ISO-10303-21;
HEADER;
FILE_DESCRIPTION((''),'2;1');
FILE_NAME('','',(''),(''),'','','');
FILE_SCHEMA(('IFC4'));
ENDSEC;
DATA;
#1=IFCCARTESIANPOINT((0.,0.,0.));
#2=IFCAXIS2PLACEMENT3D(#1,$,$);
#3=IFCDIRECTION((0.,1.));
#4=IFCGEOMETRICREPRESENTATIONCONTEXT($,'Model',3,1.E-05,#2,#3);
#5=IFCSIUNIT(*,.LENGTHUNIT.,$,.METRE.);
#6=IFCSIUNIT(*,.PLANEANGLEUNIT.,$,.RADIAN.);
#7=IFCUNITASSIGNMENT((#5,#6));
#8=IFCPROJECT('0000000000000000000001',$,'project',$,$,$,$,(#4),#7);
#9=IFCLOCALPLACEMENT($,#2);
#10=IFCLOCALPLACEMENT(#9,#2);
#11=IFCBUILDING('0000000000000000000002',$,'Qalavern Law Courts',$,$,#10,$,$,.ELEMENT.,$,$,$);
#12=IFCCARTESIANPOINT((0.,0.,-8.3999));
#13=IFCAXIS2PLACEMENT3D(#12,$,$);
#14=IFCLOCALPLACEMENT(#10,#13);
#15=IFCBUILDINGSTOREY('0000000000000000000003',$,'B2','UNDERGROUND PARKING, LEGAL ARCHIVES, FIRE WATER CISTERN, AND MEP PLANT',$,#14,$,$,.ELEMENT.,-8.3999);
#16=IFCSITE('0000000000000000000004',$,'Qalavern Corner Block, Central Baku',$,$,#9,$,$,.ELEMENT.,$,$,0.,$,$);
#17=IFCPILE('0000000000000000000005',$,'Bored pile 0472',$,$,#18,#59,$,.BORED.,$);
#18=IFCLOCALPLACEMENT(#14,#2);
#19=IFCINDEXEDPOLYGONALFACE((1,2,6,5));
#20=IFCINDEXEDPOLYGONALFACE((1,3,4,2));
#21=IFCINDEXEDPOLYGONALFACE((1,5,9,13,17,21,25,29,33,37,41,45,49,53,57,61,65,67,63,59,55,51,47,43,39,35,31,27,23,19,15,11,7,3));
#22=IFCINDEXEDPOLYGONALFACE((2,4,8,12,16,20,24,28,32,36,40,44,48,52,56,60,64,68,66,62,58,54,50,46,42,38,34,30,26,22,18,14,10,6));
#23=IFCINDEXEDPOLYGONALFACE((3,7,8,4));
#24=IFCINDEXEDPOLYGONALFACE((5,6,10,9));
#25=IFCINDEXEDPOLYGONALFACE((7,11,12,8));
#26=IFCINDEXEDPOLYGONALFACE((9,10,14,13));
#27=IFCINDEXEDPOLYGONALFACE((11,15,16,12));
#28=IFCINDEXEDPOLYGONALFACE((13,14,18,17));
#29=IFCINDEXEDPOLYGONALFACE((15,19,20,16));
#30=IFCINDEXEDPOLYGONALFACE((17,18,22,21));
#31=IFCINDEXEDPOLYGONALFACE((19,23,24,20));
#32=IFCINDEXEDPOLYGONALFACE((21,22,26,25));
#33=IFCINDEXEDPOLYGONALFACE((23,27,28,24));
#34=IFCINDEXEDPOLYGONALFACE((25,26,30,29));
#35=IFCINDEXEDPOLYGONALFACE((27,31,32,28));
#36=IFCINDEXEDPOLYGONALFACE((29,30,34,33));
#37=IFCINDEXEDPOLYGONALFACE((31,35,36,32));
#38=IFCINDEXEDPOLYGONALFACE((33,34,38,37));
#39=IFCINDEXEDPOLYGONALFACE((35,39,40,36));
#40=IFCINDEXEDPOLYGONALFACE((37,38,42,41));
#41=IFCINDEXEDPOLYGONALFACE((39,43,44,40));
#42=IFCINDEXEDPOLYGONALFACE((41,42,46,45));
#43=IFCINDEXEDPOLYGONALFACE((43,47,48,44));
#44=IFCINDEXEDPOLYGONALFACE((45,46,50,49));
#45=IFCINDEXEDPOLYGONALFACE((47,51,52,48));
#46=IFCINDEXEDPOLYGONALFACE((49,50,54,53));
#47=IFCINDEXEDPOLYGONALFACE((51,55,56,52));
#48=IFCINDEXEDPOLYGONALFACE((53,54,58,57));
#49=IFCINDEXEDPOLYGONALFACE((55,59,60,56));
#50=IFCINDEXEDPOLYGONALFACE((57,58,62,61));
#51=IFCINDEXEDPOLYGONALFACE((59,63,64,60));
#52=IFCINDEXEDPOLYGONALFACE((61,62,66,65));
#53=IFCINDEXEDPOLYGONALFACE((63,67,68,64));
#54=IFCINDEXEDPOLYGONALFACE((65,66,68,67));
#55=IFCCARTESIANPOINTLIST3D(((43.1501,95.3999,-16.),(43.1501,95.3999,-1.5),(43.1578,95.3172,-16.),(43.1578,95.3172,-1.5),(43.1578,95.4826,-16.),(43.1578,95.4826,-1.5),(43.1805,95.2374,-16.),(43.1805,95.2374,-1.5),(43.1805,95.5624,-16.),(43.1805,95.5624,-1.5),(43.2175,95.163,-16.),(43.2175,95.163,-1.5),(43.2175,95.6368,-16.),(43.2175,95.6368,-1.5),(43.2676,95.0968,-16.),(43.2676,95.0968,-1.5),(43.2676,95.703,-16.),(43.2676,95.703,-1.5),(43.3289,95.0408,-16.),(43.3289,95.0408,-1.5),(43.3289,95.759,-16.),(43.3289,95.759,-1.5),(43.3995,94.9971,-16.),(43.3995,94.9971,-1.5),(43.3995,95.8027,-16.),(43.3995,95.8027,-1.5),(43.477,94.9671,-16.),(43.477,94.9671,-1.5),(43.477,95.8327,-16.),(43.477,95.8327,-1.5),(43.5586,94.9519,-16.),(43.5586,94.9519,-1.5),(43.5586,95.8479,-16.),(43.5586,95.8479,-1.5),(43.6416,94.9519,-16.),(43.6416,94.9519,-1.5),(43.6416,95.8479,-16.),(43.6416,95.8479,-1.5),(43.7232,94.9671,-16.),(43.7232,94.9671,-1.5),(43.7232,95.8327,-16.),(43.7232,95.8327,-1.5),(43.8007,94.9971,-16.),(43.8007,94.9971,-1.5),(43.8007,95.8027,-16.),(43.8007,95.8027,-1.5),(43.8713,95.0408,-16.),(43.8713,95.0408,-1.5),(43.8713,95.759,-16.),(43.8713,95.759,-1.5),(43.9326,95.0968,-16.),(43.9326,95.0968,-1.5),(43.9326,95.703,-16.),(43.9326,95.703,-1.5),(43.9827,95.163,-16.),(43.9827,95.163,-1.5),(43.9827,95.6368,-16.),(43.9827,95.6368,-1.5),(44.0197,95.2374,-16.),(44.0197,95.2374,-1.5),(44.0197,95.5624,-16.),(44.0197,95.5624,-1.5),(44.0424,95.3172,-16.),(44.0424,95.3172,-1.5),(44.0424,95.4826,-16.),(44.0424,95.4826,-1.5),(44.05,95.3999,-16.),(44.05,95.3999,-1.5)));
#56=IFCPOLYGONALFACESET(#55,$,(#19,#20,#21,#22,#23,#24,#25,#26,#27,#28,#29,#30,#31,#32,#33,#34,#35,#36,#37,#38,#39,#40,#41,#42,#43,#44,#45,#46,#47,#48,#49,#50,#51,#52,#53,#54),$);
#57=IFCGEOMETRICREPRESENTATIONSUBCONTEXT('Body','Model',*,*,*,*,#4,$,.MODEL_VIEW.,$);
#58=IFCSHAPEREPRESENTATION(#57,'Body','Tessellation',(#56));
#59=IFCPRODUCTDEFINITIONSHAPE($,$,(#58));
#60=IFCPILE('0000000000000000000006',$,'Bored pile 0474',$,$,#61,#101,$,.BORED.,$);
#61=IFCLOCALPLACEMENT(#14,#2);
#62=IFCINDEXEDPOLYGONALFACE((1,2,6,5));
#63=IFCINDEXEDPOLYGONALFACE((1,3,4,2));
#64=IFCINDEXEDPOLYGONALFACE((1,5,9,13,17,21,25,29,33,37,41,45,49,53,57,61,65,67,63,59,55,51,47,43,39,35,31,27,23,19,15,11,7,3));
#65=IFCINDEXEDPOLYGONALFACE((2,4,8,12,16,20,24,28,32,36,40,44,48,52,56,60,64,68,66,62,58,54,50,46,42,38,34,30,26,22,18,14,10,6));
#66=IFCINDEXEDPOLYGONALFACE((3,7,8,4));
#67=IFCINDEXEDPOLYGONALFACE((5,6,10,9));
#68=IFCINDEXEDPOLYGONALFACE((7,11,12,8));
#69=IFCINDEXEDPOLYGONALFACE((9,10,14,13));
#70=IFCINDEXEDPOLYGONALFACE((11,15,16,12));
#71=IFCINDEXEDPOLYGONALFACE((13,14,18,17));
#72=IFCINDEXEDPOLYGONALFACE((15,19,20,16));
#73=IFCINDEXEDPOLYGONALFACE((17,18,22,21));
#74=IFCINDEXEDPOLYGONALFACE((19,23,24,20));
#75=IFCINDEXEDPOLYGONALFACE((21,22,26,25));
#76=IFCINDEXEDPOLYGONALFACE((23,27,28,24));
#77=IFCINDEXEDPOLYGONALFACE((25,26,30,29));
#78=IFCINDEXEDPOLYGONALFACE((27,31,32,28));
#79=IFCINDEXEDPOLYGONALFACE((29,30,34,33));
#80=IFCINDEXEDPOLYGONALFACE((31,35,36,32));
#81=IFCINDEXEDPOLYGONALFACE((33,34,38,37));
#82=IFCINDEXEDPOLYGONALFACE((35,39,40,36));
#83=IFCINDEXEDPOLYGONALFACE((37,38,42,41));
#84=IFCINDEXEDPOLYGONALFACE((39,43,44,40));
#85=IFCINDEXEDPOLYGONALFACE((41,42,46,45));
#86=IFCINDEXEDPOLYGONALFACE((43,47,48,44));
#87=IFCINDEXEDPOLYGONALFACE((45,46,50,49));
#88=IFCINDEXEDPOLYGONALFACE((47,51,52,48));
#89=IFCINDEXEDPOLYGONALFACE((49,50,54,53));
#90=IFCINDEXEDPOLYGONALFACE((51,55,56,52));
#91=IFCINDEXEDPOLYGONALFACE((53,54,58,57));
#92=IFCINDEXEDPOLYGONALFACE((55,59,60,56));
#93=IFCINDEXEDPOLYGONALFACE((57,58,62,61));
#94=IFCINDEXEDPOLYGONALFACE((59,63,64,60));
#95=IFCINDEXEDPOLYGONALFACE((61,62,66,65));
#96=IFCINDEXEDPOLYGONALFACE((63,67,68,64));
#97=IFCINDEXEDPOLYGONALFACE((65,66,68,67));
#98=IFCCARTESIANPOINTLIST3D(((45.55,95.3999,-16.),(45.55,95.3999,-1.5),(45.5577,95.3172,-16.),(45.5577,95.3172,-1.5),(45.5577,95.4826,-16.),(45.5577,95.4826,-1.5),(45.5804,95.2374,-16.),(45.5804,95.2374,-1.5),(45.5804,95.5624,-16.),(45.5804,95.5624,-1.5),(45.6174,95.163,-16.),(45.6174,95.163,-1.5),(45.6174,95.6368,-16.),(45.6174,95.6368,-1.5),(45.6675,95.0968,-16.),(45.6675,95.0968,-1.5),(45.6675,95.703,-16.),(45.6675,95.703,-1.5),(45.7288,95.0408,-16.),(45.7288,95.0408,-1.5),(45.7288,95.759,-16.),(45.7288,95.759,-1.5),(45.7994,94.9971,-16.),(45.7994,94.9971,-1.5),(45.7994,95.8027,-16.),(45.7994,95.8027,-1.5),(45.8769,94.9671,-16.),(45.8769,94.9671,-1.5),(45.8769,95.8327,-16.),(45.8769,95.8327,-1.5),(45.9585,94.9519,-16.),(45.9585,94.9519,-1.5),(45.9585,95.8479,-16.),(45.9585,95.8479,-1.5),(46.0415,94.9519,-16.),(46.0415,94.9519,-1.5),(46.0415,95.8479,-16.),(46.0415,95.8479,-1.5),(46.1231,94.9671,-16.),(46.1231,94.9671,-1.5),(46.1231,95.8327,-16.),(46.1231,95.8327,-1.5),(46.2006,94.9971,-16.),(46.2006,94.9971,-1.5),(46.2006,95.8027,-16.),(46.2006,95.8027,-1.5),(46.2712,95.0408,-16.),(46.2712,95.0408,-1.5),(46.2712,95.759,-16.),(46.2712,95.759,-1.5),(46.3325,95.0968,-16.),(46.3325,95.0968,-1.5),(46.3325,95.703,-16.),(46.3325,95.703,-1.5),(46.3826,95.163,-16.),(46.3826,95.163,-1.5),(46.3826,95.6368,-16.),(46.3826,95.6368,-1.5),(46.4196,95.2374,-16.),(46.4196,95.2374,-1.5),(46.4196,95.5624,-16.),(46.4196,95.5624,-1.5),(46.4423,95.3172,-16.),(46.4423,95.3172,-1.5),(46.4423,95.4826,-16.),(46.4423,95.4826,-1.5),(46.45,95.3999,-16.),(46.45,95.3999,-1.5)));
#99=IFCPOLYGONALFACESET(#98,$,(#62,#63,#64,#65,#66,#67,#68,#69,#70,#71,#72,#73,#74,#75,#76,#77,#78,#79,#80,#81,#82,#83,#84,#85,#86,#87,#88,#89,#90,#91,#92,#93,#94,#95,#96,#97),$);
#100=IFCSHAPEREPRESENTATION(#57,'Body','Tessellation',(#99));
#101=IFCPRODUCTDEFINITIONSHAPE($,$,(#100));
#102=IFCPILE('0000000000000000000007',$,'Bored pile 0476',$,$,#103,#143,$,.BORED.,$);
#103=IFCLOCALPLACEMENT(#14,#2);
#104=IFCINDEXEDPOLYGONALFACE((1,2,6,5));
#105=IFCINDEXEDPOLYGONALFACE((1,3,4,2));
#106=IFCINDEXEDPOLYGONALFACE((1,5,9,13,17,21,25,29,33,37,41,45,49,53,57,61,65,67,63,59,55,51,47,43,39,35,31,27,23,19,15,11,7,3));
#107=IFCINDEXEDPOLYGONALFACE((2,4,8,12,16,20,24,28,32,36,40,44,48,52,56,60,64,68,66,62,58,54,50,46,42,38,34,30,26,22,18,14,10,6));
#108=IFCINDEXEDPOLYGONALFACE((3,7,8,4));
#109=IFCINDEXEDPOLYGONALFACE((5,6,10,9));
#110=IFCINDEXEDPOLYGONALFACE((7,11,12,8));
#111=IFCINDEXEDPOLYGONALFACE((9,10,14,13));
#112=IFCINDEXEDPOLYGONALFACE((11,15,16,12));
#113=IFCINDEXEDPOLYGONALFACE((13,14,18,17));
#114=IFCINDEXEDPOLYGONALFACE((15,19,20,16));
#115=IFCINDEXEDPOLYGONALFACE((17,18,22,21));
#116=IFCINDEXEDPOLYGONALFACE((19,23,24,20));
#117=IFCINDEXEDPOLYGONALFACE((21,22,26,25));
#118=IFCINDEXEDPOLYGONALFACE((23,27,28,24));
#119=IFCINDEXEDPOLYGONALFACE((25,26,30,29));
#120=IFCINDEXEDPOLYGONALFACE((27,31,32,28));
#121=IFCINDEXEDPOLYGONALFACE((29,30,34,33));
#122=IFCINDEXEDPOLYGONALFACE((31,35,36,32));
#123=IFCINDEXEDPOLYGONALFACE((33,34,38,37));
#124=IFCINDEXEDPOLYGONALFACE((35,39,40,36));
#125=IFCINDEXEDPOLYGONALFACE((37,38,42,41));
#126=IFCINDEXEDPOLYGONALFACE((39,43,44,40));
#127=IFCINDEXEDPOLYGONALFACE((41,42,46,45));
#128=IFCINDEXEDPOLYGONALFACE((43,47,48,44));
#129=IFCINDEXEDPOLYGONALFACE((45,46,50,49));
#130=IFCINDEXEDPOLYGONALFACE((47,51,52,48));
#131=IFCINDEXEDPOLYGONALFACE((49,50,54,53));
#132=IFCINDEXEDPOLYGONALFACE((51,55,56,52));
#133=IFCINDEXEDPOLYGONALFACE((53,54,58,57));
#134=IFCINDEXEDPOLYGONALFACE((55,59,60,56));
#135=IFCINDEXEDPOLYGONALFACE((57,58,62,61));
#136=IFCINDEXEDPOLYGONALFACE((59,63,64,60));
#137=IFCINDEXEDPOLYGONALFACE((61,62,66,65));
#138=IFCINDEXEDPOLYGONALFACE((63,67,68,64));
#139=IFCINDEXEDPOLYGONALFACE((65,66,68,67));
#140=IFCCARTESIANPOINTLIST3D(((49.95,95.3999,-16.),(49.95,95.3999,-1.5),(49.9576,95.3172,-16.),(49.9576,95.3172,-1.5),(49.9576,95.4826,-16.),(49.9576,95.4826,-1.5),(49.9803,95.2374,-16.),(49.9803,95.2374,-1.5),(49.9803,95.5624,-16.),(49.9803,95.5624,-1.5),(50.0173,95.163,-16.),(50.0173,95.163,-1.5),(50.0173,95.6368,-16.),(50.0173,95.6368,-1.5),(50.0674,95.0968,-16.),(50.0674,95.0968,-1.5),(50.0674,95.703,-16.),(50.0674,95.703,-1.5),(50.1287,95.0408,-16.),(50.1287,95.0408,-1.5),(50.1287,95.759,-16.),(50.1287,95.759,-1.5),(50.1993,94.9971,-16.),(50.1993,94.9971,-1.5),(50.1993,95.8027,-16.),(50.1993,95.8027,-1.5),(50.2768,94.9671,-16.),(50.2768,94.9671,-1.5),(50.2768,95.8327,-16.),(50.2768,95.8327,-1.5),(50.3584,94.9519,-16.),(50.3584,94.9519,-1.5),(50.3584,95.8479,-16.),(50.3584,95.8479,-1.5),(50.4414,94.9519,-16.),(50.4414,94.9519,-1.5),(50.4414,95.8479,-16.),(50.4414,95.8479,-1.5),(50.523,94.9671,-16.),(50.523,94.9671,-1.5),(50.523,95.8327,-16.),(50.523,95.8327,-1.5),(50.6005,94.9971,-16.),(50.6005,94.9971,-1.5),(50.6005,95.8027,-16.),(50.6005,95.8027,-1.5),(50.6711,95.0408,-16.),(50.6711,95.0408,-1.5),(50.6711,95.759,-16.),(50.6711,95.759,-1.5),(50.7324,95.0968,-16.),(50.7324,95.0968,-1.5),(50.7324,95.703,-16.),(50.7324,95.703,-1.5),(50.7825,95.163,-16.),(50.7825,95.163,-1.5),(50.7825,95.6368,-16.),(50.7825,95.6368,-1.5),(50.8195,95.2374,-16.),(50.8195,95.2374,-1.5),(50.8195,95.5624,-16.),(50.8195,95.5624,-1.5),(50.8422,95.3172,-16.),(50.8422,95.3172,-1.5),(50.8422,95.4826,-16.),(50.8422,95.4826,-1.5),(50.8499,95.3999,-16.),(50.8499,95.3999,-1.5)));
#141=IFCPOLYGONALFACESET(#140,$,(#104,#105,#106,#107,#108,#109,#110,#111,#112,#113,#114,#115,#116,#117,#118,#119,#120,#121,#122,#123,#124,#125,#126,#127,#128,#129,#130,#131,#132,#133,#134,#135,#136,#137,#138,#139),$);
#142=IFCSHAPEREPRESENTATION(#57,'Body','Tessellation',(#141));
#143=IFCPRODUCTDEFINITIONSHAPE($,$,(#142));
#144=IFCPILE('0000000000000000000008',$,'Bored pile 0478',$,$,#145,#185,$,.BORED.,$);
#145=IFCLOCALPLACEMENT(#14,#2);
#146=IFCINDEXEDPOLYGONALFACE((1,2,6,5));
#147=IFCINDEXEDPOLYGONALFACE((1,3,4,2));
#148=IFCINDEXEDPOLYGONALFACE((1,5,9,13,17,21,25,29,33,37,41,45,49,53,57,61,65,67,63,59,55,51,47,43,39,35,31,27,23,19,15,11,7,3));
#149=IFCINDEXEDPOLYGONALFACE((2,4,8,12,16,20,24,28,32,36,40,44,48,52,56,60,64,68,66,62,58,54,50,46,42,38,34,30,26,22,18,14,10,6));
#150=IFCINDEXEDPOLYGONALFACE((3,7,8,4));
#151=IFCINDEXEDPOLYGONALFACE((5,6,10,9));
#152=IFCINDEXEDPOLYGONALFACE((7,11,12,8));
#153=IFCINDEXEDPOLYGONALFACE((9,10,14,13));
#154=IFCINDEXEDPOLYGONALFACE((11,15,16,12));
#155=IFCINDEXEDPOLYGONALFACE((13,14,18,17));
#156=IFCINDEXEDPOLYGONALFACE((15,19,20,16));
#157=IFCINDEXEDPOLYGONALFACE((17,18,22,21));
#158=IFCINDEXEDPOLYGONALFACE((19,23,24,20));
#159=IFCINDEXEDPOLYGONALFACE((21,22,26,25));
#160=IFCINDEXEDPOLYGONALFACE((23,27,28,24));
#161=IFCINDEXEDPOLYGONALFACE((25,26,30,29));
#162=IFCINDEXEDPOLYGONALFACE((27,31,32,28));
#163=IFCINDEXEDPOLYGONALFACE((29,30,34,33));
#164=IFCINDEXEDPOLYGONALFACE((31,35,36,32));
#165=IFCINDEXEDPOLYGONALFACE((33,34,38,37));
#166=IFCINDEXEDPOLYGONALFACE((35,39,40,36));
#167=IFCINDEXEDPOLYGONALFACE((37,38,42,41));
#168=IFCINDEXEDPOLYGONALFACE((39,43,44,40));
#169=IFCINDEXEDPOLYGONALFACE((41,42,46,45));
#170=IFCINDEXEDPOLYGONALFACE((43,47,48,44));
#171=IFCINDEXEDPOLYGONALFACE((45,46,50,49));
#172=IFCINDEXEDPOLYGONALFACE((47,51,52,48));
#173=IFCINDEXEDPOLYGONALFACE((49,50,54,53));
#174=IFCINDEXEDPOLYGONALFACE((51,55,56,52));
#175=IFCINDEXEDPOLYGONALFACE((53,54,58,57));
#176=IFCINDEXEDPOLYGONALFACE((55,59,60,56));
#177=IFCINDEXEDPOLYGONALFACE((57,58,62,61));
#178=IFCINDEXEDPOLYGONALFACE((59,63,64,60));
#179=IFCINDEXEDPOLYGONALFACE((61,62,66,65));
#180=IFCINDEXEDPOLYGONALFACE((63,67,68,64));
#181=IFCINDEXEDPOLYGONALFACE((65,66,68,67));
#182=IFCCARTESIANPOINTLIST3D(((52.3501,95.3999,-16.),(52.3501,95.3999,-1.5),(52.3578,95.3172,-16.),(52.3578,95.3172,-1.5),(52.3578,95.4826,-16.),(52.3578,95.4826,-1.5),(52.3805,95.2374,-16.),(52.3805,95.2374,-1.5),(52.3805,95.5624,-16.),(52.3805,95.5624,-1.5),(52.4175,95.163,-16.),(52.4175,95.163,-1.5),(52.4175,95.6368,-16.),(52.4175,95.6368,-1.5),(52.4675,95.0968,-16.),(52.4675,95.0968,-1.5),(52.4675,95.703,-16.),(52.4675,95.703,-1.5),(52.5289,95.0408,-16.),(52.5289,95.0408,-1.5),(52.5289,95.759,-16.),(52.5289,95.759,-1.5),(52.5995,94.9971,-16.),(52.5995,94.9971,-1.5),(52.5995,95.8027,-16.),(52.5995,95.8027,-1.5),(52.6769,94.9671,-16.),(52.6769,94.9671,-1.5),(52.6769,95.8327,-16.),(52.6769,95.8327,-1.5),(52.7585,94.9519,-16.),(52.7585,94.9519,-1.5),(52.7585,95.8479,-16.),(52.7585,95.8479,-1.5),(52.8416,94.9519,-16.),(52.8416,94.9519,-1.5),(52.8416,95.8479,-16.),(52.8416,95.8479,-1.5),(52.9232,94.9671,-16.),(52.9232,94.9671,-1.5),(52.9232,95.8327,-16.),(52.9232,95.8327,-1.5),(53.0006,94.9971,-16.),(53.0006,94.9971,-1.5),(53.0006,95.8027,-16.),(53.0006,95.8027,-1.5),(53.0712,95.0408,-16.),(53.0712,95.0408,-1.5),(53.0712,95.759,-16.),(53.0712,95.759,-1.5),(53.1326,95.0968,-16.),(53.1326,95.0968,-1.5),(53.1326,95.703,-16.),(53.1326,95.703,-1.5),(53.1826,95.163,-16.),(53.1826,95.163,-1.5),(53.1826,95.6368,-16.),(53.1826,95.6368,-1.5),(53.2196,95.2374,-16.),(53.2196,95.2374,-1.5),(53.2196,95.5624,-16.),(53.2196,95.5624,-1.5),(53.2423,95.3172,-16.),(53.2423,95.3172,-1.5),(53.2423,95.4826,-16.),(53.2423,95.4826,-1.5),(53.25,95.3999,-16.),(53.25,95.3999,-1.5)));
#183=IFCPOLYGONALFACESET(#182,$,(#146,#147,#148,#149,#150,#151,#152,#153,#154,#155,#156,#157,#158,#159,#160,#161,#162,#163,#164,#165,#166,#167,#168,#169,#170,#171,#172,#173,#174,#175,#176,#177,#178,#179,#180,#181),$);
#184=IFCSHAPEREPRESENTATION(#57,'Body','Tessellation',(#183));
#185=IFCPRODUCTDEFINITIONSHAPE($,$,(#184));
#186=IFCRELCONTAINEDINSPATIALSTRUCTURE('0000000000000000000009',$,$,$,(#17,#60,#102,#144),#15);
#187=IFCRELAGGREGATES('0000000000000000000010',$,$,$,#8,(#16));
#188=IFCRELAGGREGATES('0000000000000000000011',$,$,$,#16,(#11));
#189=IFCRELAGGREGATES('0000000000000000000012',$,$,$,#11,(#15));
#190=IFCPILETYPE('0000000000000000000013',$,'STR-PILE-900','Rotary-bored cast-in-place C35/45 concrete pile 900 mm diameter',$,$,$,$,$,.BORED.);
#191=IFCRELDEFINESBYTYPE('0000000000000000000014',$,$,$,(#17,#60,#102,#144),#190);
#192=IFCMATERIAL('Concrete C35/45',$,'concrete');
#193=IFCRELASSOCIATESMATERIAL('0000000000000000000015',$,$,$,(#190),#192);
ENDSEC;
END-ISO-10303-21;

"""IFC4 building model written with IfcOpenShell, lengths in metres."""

from ifc_helpers import new_model, si_unit, direction, frame, origin, origin_2d, place, context, subcontext, project, spatial, circle, extrude, material, material_profile, profile_set, type_object, element, save


model = new_model("IFC4")

# Units and contexts
model_context = context("Model", 3, precision=1e-05, world=origin(), true_north=direction((0.0, 1.0)))
body_context = subcontext(model_context, "Body", "Model", "MODEL_VIEW")
ifc_project = project(units=[si_unit("LENGTHUNIT", "METRE"), si_unit("PLANEANGLEUNIT", "RADIAN")], contexts=[model_context])

# Site, building, storey
site_placement = place(None, origin())
site = spatial("IfcSite", under=ifc_project, at=site_placement, Name="Qalavern Corner Block, Central Baku", CompositionType="ELEMENT", RefElevation=0.0)
building_placement = place(site_placement, origin())
building = spatial("IfcBuilding", under=site, at=building_placement, Name="Qalavern Law Courts", CompositionType="ELEMENT")
storey_placement = place(building_placement, frame((0.0, 0.0, -8.3999)))
storey = spatial("IfcBuildingStorey", under=building, at=storey_placement, Name="B2", Description="UNDERGROUND PARKING, LEGAL ARCHIVES, FIRE WATER CISTERN, AND MEP PLANT", CompositionType="ELEMENT", Elevation=-8.3999)

# Shared definitions
ifc_material_1 = material(Name="Concrete C35/45", Category="concrete")

# Piles
ifc_material_profile_1 = material_profile(ifc_material_1, circle(Radius=0.45, at=origin_2d()), Name="BORED PILE 900")
ifc_profile_set_1 = profile_set([ifc_material_profile_1], Name="Concrete C35/45")
pile_type_1 = type_object("IfcPileType", Name="STR-PILE-900", Description="Rotary-bored cast-in-place C35/45 concrete pile 900 mm diameter", PredefinedType="BORED", material=ifc_profile_set_1)
for number, where, z_axis, x_axis, name in (
    (1, (43.6001, 95.3999, -1.5), (0.0, 0.0, -1.0), (1.0, 0.0, 0.0), "Bored pile 0472"),
    (2, (46.0, 95.3999, -1.5), (0.0, 0.0, -1.0), (1.0, 0.0, 0.0), "Bored pile 0474"),
    (3, (50.3999, 95.3999, -1.5), (0.0, 0.0, -1.0), (1.0, 0.0, 0.0), "Bored pile 0476"),
    (4, (52.8, 95.3999, -1.5), (0.0, 0.0, -1.0), (1.0, 0.0, 0.0), "Bored pile 0478"),
):
    element("IfcPile", number, at=place(storey_placement, frame(where, z_axis=z_axis, x_axis=x_axis)), inside=storey, type_object=pile_type_1, Name=name, PredefinedType="BORED", context=body_context, shape_type="SweptSolid", body=[
        extrude(circle(Radius=0.45, at=origin_2d()), origin(), (0.0, 0.0, 1.0), 14.5),
    ])

save(model, "model.ifc")
